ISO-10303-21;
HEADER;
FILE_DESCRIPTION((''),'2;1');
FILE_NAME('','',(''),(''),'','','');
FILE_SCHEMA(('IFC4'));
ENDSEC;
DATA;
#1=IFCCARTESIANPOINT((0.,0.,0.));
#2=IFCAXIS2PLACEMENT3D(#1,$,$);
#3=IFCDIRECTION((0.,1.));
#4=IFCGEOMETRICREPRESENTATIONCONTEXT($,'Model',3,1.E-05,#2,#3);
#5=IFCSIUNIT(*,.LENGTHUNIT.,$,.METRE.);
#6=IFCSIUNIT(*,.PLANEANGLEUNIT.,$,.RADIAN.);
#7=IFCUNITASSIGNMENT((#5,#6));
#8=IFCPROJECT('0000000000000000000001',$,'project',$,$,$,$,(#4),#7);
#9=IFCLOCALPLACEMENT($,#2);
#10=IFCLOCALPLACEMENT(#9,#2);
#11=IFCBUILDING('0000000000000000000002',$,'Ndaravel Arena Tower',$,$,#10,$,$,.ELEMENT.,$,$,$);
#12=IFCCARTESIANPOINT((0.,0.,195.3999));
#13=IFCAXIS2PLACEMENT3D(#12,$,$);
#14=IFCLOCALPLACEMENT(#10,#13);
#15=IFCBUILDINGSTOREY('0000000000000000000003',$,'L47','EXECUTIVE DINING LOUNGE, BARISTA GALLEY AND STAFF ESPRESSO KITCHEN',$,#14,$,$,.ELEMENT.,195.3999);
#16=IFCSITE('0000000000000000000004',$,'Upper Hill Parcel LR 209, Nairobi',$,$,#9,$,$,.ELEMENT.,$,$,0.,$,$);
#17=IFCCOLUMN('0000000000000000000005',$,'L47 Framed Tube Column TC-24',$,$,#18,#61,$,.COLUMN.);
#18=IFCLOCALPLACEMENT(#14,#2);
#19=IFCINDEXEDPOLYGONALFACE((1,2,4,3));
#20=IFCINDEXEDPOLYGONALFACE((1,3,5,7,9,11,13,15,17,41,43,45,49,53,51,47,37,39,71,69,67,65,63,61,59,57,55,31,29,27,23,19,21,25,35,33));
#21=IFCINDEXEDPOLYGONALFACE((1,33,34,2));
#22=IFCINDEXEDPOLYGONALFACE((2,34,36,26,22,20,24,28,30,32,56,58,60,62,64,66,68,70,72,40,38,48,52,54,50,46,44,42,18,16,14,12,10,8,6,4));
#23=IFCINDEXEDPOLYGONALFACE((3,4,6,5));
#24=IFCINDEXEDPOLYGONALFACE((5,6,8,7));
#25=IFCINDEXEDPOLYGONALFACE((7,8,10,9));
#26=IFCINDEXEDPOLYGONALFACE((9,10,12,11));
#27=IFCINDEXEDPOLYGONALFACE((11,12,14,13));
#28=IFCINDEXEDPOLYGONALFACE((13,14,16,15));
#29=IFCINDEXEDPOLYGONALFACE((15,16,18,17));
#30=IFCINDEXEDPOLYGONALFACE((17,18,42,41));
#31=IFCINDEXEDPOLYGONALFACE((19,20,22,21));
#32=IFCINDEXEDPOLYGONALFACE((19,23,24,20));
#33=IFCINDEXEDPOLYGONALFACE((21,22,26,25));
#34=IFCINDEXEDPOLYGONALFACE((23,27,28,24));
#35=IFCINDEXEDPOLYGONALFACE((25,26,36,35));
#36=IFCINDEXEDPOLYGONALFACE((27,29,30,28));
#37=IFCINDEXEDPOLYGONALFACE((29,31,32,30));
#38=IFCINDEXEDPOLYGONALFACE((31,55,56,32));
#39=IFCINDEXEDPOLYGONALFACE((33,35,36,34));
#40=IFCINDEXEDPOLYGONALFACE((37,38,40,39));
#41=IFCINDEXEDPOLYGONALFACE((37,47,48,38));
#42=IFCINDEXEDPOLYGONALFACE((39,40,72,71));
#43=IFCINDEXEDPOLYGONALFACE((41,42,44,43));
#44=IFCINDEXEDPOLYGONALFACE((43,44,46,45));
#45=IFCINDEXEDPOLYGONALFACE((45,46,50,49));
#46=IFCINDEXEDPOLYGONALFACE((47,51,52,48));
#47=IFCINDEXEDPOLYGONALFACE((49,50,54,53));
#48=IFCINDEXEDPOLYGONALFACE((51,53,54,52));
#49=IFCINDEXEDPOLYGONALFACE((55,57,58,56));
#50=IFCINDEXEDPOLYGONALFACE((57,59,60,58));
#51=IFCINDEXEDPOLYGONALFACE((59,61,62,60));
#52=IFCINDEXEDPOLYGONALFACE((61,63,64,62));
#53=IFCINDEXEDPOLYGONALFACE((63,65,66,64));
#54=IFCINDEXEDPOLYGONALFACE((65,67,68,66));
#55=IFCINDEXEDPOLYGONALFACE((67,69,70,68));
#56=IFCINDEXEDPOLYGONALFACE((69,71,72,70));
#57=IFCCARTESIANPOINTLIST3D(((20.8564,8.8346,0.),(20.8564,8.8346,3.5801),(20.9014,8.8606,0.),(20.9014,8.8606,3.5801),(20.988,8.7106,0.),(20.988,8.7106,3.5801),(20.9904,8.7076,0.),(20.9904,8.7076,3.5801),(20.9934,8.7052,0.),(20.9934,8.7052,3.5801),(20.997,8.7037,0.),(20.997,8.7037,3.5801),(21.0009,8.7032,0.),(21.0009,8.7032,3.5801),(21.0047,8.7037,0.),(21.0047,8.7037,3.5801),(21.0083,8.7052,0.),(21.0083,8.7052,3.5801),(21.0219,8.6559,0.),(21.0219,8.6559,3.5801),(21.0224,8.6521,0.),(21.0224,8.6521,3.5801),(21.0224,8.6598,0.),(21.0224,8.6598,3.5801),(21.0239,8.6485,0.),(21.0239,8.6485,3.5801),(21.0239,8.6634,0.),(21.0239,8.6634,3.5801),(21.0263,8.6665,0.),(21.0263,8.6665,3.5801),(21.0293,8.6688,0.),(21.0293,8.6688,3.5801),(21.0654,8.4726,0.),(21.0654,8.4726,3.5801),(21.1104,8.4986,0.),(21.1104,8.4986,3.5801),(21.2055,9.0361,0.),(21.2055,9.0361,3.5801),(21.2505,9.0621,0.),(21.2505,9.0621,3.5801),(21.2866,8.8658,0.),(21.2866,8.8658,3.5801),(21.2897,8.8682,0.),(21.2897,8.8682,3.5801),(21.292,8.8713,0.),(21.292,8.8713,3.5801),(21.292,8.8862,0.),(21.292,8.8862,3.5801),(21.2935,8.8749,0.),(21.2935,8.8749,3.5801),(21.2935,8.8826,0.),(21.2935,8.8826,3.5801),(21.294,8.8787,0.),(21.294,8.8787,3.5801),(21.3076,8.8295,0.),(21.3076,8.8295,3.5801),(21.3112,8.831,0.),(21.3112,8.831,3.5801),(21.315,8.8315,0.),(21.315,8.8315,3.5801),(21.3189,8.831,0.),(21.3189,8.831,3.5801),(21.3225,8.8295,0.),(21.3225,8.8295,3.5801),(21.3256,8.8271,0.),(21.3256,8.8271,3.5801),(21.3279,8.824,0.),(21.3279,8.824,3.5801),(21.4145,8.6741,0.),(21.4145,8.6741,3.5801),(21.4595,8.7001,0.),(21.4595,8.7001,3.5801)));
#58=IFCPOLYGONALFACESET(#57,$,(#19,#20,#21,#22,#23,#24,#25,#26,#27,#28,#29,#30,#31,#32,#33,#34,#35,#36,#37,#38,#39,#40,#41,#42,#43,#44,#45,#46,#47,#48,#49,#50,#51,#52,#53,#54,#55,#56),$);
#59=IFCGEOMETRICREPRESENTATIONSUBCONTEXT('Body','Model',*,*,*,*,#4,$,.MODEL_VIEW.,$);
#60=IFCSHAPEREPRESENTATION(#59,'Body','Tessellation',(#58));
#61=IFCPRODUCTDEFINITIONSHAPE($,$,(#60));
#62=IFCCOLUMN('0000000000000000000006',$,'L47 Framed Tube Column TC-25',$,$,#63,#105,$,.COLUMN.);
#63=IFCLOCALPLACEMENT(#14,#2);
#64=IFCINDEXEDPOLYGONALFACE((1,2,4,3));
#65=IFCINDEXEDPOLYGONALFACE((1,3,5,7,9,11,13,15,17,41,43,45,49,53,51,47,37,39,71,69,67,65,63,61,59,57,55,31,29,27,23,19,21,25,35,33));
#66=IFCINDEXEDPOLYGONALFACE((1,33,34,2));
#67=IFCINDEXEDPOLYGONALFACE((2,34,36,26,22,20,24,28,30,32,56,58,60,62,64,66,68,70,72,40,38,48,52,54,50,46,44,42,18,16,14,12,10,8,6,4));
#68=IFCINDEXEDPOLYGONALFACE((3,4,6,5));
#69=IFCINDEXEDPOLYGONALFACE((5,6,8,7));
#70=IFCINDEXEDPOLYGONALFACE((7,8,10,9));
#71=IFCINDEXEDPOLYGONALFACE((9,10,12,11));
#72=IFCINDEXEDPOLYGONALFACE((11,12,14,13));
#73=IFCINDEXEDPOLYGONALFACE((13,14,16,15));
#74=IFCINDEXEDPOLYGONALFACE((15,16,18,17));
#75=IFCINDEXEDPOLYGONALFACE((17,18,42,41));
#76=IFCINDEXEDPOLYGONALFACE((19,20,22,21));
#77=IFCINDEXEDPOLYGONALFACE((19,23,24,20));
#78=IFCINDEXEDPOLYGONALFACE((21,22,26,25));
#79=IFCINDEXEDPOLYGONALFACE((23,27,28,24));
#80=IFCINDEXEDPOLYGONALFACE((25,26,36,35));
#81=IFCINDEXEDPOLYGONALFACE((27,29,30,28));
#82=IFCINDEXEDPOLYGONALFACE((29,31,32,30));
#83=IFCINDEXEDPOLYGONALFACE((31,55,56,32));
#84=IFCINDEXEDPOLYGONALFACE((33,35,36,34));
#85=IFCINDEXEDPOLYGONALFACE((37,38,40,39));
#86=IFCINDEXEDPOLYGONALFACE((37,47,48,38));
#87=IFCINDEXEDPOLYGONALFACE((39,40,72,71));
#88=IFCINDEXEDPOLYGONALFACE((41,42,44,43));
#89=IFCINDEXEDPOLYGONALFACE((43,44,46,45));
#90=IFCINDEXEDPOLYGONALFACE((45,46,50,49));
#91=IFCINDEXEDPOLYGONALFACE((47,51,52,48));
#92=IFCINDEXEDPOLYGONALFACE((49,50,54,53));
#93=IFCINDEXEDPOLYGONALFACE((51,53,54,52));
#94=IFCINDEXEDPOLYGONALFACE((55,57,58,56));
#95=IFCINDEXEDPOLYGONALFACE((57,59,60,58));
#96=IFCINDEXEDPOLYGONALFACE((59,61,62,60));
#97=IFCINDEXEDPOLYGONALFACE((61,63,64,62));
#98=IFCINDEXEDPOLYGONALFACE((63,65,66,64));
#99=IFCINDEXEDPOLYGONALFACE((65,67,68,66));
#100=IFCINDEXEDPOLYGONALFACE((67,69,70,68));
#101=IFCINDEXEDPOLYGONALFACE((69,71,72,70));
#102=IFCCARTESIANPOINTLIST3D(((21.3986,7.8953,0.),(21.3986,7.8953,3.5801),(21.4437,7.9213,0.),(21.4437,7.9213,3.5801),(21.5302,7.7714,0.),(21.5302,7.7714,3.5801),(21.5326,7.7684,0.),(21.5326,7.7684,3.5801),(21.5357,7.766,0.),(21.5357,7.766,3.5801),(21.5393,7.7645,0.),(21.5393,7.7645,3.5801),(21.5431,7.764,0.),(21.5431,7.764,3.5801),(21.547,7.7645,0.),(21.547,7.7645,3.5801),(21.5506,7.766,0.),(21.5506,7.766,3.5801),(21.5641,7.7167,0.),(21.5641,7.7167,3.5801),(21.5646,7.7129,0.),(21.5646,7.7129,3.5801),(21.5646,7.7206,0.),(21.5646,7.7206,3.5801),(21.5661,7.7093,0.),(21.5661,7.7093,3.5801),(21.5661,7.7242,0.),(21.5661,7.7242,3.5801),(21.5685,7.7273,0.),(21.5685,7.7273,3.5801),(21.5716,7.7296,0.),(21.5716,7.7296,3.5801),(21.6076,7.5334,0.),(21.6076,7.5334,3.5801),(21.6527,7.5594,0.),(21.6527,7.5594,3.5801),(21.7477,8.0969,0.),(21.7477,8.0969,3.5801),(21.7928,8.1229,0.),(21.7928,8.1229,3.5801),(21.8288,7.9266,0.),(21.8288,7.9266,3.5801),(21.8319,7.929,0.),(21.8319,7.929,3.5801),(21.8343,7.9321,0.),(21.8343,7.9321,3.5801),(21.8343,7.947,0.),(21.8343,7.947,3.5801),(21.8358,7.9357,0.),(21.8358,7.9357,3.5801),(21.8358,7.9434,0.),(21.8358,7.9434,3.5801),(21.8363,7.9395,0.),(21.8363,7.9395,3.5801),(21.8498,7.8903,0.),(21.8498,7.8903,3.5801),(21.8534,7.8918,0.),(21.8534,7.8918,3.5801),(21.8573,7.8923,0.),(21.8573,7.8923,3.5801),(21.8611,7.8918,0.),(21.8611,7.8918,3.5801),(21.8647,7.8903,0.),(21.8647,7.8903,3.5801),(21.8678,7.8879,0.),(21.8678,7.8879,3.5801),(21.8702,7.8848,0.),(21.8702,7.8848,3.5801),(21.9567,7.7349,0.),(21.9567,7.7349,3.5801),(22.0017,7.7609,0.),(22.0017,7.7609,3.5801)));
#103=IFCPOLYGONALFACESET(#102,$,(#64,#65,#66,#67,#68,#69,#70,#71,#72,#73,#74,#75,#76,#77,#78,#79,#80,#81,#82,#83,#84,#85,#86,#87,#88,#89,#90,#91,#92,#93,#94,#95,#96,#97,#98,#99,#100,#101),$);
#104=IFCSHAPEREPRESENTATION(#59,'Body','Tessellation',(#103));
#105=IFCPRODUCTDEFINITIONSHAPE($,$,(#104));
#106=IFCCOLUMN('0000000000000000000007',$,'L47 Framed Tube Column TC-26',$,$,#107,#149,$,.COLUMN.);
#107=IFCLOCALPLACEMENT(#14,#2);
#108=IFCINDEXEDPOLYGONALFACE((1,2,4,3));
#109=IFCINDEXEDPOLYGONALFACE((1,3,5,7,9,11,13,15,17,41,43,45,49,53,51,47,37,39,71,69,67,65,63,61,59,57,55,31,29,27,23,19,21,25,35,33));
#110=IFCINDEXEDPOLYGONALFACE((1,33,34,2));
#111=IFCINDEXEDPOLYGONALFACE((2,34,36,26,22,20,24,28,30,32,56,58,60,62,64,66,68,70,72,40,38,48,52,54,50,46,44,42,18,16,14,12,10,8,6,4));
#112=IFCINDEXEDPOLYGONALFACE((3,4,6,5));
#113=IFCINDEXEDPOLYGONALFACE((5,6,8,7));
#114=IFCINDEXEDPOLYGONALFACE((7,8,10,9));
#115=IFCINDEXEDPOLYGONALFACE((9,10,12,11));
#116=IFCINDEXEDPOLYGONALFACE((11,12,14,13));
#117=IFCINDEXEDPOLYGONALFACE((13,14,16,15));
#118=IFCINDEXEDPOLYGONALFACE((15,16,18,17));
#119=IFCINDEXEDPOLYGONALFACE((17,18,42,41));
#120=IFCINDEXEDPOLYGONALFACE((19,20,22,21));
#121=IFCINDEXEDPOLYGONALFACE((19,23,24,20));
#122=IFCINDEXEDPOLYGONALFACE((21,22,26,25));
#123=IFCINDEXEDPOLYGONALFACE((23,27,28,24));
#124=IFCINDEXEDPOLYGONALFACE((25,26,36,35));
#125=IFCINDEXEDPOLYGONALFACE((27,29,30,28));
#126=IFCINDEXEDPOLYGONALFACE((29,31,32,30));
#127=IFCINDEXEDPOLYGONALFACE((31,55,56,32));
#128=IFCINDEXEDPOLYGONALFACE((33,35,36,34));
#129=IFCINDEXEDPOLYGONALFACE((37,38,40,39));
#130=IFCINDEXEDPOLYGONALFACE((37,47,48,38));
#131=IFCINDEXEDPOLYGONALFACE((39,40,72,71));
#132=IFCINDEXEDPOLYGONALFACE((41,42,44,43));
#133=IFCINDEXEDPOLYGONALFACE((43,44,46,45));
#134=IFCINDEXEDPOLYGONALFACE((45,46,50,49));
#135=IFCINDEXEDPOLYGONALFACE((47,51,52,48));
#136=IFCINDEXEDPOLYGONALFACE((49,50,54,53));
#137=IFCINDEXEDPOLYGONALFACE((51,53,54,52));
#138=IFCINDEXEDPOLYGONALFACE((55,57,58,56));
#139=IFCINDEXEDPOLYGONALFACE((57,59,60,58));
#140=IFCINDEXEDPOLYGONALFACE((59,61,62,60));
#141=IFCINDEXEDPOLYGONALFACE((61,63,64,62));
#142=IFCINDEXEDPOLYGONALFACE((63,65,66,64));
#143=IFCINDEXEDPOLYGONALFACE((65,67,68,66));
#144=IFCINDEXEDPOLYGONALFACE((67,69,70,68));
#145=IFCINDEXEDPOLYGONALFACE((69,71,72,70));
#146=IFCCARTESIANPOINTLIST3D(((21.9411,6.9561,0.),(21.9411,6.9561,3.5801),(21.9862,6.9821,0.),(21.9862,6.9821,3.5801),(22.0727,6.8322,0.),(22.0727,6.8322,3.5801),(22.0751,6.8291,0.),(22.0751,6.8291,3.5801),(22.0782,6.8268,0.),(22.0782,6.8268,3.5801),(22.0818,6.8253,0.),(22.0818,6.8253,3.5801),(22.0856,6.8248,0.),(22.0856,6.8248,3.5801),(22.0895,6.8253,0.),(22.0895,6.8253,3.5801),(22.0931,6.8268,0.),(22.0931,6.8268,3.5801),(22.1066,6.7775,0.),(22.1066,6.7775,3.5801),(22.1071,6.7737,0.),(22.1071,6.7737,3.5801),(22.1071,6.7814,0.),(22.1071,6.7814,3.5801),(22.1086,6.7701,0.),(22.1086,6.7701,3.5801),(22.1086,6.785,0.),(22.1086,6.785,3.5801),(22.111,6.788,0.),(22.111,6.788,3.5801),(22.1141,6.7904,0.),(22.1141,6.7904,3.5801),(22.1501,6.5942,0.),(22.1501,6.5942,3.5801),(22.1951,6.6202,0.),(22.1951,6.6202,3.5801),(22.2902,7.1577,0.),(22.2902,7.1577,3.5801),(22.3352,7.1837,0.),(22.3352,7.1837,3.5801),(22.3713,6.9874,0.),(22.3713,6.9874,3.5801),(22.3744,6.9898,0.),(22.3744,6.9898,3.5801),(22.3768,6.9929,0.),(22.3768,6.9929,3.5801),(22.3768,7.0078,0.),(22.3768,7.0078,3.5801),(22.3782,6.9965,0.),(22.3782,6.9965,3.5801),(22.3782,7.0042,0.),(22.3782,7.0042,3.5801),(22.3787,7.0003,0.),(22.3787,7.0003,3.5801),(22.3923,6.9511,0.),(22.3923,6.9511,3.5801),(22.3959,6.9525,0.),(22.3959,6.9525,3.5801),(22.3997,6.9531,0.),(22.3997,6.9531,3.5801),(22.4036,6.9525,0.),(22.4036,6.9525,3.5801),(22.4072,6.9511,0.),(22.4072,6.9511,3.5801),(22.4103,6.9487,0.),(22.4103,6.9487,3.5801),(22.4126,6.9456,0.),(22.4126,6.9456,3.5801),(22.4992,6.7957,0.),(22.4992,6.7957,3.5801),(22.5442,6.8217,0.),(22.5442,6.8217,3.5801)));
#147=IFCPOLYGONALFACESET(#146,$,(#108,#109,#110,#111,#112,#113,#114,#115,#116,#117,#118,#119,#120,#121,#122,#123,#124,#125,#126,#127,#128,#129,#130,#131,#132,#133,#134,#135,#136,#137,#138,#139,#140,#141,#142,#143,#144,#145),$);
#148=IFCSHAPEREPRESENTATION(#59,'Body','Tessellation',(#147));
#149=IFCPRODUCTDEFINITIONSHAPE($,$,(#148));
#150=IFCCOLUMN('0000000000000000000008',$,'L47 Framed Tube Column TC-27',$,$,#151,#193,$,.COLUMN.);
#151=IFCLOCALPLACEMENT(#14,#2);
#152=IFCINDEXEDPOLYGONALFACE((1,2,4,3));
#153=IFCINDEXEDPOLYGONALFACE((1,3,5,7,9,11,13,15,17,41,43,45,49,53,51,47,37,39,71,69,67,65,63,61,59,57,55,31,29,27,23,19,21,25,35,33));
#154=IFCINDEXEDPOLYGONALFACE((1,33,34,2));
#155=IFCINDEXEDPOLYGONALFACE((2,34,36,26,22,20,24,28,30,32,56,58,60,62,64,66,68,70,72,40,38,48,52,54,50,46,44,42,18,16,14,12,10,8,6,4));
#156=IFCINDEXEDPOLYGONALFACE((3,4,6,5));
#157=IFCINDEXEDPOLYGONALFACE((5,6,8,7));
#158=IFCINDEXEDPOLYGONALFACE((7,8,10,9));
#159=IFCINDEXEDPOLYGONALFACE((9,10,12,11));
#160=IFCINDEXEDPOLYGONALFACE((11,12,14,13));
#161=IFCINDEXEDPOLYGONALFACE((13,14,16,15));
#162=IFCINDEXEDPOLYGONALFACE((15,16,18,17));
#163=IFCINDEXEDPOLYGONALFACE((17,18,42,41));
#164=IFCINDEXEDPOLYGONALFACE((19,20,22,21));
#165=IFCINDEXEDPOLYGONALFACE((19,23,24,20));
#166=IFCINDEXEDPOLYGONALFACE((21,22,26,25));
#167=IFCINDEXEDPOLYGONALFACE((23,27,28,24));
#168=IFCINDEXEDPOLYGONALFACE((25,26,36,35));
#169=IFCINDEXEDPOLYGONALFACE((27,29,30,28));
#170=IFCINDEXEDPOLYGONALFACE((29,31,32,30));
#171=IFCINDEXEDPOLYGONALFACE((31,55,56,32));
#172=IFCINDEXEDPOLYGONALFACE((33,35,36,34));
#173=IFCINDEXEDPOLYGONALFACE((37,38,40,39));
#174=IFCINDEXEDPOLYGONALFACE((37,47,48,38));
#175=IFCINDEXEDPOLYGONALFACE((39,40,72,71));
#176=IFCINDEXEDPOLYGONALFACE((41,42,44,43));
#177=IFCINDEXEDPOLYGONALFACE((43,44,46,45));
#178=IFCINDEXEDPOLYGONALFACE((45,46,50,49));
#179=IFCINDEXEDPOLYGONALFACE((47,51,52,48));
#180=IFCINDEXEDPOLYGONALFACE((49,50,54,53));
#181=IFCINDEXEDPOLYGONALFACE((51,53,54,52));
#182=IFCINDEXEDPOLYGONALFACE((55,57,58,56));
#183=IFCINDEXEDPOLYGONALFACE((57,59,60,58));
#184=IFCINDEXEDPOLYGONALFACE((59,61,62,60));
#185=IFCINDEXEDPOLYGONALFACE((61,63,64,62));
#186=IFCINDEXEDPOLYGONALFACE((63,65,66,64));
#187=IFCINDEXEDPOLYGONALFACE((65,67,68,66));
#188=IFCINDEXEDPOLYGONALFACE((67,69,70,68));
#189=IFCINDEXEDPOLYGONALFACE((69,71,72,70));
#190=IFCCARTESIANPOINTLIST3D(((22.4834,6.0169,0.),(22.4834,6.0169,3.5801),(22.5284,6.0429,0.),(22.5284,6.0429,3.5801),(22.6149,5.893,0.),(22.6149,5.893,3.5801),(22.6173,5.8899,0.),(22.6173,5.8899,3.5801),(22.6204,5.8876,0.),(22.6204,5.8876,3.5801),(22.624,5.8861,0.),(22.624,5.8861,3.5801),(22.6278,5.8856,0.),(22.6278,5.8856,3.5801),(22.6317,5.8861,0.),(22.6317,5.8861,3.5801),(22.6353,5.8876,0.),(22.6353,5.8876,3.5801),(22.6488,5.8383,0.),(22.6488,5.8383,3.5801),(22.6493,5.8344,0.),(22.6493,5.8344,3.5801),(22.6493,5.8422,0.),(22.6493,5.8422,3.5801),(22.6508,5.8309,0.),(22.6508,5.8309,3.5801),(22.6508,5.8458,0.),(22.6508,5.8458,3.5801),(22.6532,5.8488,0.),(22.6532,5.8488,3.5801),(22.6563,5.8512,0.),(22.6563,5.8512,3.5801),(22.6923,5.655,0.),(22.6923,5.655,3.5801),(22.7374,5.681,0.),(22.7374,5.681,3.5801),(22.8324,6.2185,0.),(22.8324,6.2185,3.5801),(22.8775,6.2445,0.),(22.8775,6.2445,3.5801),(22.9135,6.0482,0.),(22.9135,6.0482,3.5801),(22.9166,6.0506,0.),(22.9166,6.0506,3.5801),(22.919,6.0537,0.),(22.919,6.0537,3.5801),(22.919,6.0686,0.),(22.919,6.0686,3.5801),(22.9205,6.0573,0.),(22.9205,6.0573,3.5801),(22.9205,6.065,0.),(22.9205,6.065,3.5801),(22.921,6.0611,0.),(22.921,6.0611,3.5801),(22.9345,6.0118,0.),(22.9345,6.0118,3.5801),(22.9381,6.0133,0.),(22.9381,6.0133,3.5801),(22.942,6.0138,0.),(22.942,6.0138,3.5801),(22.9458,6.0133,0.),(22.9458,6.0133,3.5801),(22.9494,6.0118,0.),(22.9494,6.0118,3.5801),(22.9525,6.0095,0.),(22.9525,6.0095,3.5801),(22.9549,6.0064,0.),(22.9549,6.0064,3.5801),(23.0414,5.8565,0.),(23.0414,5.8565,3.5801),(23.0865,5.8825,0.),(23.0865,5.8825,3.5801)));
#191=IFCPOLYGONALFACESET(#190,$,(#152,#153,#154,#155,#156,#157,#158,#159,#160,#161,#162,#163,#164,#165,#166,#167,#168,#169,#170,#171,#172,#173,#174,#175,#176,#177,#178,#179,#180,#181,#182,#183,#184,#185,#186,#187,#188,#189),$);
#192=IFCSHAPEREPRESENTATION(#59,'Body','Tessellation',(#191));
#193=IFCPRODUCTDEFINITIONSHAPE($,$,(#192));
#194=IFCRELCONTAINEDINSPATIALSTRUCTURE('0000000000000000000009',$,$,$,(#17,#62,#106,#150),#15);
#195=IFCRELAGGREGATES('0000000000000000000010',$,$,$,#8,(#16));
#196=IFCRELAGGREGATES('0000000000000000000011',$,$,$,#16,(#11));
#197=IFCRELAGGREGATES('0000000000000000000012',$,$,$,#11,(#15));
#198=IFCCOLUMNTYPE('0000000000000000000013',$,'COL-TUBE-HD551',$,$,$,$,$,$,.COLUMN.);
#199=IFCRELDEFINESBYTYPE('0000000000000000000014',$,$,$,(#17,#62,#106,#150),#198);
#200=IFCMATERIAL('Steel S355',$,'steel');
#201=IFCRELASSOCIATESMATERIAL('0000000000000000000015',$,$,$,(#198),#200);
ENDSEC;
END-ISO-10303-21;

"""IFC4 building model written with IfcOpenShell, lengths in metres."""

from ifc_helpers import new_model, si_unit, direction, frame, origin, origin_2d, place, context, subcontext, project, spatial, i_section, extrude, material, material_profile, profile_set, type_object, element, save


model = new_model("IFC4")

# Units and contexts
model_context = context("Model", 3, precision=1e-05, world=origin(), true_north=direction((0.0, 1.0)))
body_context = subcontext(model_context, "Body", "Model", "MODEL_VIEW")
ifc_project = project(units=[si_unit("LENGTHUNIT", "METRE"), si_unit("PLANEANGLEUNIT", "RADIAN")], contexts=[model_context])

# Site, building, storey
site_placement = place(None, origin())
site = spatial("IfcSite", under=ifc_project, at=site_placement, Name="Upper Hill Parcel LR 209, Nairobi", CompositionType="ELEMENT", RefElevation=0.0)
building_placement = place(site_placement, origin())
building = spatial("IfcBuilding", under=site, at=building_placement, Name="Ndaravel Arena Tower", CompositionType="ELEMENT")
storey_placement = place(building_placement, frame((0.0, 0.0, 195.3999)))
storey = spatial("IfcBuildingStorey", under=building, at=storey_placement, Name="L47", Description="EXECUTIVE DINING LOUNGE, BARISTA GALLEY AND STAFF ESPRESSO KITCHEN", CompositionType="ELEMENT", Elevation=195.3999)

# Columns
ifc_material_1 = material(Name="Steel S355", Category="steel")
ifc_material_profile_1 = material_profile(ifc_material_1, i_section(OverallWidth=0.418, OverallDepth=0.4551, WebThickness=0.042, FlangeThickness=0.052, FilletRadius=0.0149, at=origin_2d()), Name="HD 400x551")
ifc_profile_set_1 = profile_set([ifc_material_profile_1], Name="Steel S355")
column_type = type_object("IfcColumnType", Name="COL-TUBE-HD551", PredefinedType="COLUMN", material=ifc_profile_set_1)
for number, where, z_axis, x_axis, name in (
    (1, (21.158, 8.7673, 0.0), (0.0, 0.0, 1.0), (-0.5, 0.866025, 0.0), "L47 Framed Tube Column TC-24"),
    (2, (21.7002, 7.8281, 0.0), (0.0, 0.0, 1.0), (-0.5, 0.866025, 0.0), "L47 Framed Tube Column TC-25"),
    (3, (22.2427, 6.8889, 0.0), (0.0, 0.0, 1.0), (-0.5, 0.866025, 0.0), "L47 Framed Tube Column TC-26"),
    (4, (22.7849, 5.9497, 0.0), (0.0, 0.0, 1.0), (-0.5, 0.866025, 0.0), "L47 Framed Tube Column TC-27"),
):
    element("IfcColumn", number, at=place(storey_placement, frame(where, z_axis=z_axis, x_axis=x_axis)), inside=storey, type_object=column_type, Name=name, PredefinedType="COLUMN", context=body_context, shape_type="SweptSolid", body=[
        extrude(i_section(OverallWidth=0.418, OverallDepth=0.4551, WebThickness=0.042, FlangeThickness=0.052, FilletRadius=0.0149, at=origin_2d()), origin(), (0.0, 0.0, 1.0), 3.5801),
    ])

save(model, "model.ifc")
